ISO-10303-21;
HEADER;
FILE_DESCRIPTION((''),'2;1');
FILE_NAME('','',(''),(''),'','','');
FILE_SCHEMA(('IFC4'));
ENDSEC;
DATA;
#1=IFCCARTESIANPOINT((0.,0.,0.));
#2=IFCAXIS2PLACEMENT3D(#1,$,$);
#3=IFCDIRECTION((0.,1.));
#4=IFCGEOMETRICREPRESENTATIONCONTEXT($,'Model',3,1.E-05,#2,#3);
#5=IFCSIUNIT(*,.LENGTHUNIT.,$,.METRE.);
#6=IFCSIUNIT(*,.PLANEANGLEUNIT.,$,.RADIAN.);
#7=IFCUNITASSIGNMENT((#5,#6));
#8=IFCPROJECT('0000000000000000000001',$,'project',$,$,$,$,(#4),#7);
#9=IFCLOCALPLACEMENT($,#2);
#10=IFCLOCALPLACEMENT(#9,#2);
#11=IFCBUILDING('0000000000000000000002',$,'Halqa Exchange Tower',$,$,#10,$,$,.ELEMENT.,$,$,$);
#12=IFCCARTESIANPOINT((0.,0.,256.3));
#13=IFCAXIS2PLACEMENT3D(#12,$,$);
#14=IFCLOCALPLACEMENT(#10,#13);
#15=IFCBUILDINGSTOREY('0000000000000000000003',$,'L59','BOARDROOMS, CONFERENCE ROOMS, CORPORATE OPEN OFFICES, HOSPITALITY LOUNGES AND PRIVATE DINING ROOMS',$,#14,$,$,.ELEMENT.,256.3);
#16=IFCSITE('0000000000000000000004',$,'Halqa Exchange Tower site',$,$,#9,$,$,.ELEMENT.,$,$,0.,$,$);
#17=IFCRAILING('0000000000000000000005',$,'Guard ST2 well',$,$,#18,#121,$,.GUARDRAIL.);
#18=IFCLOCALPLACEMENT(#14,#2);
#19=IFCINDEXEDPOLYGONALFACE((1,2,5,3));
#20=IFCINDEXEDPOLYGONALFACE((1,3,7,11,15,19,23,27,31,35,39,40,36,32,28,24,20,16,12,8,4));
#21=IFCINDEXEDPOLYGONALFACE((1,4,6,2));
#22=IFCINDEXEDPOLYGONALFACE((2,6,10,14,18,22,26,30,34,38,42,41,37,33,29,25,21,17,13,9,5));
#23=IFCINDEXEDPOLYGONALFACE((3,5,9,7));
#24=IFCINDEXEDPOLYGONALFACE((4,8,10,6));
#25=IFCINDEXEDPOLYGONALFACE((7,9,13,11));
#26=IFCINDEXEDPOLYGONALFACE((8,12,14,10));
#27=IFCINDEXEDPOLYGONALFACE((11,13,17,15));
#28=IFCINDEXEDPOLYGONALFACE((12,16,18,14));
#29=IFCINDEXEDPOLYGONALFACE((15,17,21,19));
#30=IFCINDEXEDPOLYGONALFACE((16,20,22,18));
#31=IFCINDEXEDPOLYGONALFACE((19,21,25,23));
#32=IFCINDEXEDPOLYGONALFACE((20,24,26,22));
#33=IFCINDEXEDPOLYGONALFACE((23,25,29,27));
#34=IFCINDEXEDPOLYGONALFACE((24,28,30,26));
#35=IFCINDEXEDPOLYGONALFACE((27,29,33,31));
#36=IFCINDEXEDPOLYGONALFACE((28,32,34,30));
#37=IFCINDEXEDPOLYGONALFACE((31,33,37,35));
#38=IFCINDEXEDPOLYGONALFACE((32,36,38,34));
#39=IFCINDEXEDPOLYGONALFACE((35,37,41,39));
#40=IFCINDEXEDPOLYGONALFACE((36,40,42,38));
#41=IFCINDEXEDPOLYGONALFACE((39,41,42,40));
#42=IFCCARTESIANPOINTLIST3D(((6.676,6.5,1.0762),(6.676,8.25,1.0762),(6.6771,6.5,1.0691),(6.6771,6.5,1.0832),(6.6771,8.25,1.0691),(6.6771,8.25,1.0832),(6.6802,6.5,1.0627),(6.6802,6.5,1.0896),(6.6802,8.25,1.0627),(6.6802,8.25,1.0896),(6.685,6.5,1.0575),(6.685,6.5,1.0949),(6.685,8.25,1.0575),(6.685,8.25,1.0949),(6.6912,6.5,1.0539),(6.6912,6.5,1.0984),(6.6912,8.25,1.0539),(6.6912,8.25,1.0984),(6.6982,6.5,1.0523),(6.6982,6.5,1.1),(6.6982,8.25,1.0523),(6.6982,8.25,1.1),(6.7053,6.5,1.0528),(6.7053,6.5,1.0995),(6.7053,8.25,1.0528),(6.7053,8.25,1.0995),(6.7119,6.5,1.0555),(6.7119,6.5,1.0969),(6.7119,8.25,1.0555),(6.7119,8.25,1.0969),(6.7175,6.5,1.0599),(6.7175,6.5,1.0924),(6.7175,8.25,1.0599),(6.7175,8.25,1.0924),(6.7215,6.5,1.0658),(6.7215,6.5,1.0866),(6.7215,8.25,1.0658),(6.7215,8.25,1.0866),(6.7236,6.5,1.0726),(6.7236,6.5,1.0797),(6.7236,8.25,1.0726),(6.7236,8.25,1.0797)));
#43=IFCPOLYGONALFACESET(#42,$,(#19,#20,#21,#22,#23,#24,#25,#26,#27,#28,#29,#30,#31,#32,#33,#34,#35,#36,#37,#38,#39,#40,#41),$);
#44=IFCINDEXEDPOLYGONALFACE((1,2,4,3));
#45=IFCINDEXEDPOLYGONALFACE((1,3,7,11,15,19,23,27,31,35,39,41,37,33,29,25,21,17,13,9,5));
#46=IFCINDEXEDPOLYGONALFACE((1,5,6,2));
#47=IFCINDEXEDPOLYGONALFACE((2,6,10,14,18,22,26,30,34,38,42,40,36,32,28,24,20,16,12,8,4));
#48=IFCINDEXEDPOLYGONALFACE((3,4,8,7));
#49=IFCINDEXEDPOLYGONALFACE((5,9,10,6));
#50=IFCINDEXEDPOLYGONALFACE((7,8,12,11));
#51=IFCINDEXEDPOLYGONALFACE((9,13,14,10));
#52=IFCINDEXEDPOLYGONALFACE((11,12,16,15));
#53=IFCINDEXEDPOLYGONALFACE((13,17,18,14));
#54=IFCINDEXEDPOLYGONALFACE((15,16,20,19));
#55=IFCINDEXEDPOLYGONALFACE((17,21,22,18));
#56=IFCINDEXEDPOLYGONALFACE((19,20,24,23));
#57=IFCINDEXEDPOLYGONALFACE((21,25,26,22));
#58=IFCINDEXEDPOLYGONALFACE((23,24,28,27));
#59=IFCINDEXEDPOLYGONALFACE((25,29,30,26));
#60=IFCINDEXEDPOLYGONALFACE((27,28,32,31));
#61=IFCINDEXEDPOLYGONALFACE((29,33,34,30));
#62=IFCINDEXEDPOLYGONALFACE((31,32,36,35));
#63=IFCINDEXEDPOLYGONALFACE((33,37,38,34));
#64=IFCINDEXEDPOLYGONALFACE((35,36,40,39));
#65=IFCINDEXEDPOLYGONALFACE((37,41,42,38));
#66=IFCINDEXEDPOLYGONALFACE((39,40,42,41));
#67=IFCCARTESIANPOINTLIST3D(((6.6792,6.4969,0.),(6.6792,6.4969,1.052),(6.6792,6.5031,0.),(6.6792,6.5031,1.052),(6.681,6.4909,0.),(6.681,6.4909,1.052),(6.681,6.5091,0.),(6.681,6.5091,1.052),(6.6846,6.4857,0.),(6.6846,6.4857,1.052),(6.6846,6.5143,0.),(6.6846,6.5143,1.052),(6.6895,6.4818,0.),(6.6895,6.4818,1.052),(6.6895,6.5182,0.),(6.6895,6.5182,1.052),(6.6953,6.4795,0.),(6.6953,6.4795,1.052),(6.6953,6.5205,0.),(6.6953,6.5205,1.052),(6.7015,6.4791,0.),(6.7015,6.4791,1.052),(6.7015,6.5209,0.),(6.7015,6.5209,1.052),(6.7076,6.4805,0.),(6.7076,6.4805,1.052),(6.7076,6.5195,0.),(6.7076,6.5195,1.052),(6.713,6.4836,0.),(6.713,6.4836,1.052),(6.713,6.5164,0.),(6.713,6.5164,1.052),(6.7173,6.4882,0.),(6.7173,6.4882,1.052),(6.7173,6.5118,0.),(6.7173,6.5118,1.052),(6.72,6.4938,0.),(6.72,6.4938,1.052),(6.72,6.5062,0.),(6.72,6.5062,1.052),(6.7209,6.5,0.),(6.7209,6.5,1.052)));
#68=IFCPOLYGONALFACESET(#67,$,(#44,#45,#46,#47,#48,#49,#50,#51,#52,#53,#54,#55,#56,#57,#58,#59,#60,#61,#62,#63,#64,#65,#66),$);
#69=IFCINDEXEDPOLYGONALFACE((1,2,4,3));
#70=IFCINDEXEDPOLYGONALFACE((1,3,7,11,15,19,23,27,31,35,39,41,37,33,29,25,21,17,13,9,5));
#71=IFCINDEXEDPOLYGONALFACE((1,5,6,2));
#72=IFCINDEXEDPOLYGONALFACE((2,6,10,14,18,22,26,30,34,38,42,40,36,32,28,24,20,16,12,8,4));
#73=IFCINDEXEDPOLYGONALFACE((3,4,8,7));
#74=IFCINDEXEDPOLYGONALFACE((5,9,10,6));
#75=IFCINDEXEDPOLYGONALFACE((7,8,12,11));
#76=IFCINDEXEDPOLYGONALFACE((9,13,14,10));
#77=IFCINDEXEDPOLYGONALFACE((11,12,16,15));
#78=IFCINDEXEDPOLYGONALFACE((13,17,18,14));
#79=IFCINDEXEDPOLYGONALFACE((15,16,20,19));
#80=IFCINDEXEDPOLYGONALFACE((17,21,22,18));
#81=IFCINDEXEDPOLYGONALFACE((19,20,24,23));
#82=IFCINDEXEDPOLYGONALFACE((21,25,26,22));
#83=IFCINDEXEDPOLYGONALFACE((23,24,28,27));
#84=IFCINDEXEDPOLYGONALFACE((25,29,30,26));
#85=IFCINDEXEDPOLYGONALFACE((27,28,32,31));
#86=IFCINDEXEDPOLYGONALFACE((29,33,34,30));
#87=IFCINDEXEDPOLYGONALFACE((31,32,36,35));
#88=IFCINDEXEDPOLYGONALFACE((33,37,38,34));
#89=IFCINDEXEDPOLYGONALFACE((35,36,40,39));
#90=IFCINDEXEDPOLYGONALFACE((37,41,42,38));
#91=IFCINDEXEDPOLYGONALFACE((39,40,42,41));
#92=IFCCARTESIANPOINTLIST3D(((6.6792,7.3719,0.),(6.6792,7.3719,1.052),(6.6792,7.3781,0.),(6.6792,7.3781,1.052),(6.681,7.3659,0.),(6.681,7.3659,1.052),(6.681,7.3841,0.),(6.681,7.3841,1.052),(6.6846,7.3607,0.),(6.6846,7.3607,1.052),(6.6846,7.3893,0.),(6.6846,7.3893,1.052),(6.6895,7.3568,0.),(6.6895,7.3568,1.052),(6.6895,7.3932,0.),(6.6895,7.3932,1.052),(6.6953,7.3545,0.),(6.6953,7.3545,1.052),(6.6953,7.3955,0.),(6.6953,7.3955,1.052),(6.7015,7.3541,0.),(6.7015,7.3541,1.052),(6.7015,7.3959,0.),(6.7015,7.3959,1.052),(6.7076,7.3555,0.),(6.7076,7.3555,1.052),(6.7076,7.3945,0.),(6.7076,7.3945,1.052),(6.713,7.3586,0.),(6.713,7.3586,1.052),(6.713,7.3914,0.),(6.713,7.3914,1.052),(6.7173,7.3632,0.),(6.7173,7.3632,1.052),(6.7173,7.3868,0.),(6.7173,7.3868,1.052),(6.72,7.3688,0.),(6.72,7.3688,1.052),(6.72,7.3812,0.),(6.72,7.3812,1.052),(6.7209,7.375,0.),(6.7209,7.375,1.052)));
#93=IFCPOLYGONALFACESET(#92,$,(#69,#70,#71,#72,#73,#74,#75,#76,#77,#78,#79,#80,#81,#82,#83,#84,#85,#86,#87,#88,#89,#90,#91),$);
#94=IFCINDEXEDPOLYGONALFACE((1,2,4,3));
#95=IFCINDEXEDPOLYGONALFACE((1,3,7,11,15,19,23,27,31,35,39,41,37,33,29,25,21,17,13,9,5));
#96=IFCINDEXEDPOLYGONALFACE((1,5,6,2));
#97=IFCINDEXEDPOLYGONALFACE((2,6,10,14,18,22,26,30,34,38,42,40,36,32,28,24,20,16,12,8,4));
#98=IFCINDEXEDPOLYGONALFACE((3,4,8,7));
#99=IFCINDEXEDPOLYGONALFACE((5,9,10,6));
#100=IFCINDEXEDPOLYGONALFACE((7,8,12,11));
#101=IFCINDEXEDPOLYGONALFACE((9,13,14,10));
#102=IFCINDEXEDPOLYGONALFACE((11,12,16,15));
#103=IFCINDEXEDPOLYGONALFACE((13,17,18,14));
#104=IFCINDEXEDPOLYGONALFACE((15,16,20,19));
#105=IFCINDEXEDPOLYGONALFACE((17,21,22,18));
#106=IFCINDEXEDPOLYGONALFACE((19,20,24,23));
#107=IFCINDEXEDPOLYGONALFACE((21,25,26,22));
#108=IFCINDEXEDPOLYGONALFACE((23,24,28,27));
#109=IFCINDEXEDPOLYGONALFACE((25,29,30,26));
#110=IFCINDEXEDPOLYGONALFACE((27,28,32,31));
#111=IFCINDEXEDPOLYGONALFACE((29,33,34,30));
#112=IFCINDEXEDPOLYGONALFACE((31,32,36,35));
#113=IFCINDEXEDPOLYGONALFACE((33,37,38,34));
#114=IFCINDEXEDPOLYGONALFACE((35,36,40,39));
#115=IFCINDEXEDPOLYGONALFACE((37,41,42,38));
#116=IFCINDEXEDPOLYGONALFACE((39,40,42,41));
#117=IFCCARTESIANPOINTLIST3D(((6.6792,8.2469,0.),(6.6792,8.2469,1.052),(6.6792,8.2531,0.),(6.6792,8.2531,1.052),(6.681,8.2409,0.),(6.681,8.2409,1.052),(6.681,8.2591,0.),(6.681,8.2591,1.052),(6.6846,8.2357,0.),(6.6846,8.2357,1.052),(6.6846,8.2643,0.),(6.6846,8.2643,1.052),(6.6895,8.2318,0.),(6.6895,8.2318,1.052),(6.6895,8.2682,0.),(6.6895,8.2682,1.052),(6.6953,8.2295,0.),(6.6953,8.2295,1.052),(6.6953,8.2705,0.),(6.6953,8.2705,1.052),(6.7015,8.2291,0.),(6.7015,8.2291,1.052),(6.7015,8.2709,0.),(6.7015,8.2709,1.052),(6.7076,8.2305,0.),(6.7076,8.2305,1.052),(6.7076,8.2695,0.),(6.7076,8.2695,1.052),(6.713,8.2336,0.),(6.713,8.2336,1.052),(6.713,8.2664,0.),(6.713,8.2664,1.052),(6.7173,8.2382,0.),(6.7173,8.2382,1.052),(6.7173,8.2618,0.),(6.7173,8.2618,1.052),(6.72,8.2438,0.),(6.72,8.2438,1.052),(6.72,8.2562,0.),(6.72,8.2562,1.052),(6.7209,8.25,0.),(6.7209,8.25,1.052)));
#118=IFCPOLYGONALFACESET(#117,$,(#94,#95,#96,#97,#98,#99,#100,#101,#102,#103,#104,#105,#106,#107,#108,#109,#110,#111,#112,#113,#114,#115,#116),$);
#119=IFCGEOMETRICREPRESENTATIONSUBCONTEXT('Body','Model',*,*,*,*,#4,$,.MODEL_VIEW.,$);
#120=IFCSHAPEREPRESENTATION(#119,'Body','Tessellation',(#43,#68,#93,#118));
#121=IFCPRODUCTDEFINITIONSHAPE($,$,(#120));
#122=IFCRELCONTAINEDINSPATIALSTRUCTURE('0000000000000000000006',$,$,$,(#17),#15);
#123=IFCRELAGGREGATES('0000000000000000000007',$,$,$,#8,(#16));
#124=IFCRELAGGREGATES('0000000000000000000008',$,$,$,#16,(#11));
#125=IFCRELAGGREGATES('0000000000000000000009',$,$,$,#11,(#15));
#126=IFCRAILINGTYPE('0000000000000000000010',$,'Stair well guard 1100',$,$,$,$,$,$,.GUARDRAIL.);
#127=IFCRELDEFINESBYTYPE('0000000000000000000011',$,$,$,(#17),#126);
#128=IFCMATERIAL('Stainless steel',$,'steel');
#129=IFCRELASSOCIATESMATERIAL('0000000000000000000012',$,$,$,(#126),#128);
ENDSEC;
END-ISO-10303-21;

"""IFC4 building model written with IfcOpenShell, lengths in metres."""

from ifc_helpers import new_model, si_unit, direction, frame, origin, origin_2d, place, context, subcontext, project, spatial, circle, extrude, material, type_object, element, save


model = new_model("IFC4")

# Units and contexts
model_context = context("Model", 3, precision=1e-05, world=origin(), true_north=direction((0.0, 1.0)))
body_context = subcontext(model_context, "Body", "Model", "MODEL_VIEW")
ifc_project = project(units=[si_unit("LENGTHUNIT", "METRE"), si_unit("PLANEANGLEUNIT", "RADIAN")], contexts=[model_context])

# Site, building, storey
site_placement = place(None, origin())
site = spatial("IfcSite", under=ifc_project, at=site_placement, Name="Halqa Exchange Tower site", CompositionType="ELEMENT", RefElevation=0.0)
building_placement = place(site_placement, origin())
building = spatial("IfcBuilding", under=site, at=building_placement, Name="Halqa Exchange Tower", CompositionType="ELEMENT")
storey_placement = place(building_placement, frame((0.0, 0.0, 256.3)))
storey = spatial("IfcBuildingStorey", under=building, at=storey_placement, Name="L59", Description="BOARDROOMS, CONFERENCE ROOMS, CORPORATE OPEN OFFICES, HOSPITALITY LOUNGES AND PRIVATE DINING ROOMS", CompositionType="ELEMENT", Elevation=256.3)

# Railing
ifc_material_1 = material(Name="Stainless steel", Category="steel")
railing_type_1 = type_object("IfcRailingType", Name="Stair well guard 1100", PredefinedType="GUARDRAIL", material=ifc_material_1)
railing_1_placement = place(storey_placement, frame((6.7, 6.5, 0.0)))
element("IfcRailing", 1, at=railing_1_placement, inside=storey, type_object=railing_type_1, Name="Guard ST2 well", PredefinedType="GUARDRAIL", context=body_context, shape_type="SweptSolid", body=[
    extrude(circle(Radius=0.0239, at=origin_2d()), frame((0.0, 0.0, 1.0762), z_axis=(0.0, 1.0, 0.0), x_axis=(-1.0, 0.0, 0.0)), (0.0, 0.0, 1.0), 1.75),
    extrude(circle(Radius=0.021, at=origin_2d()), origin(), (0.0, 0.0, 1.0), 1.052),
    extrude(circle(Radius=0.021, at=origin_2d()), frame((0.0, 0.875, 0.0)), (0.0, 0.0, 1.0), 1.052),
    extrude(circle(Radius=0.021, at=origin_2d()), frame((0.0, 1.75, 0.0)), (0.0, 0.0, 1.0), 1.052),
])

save(model, "model.ifc")
